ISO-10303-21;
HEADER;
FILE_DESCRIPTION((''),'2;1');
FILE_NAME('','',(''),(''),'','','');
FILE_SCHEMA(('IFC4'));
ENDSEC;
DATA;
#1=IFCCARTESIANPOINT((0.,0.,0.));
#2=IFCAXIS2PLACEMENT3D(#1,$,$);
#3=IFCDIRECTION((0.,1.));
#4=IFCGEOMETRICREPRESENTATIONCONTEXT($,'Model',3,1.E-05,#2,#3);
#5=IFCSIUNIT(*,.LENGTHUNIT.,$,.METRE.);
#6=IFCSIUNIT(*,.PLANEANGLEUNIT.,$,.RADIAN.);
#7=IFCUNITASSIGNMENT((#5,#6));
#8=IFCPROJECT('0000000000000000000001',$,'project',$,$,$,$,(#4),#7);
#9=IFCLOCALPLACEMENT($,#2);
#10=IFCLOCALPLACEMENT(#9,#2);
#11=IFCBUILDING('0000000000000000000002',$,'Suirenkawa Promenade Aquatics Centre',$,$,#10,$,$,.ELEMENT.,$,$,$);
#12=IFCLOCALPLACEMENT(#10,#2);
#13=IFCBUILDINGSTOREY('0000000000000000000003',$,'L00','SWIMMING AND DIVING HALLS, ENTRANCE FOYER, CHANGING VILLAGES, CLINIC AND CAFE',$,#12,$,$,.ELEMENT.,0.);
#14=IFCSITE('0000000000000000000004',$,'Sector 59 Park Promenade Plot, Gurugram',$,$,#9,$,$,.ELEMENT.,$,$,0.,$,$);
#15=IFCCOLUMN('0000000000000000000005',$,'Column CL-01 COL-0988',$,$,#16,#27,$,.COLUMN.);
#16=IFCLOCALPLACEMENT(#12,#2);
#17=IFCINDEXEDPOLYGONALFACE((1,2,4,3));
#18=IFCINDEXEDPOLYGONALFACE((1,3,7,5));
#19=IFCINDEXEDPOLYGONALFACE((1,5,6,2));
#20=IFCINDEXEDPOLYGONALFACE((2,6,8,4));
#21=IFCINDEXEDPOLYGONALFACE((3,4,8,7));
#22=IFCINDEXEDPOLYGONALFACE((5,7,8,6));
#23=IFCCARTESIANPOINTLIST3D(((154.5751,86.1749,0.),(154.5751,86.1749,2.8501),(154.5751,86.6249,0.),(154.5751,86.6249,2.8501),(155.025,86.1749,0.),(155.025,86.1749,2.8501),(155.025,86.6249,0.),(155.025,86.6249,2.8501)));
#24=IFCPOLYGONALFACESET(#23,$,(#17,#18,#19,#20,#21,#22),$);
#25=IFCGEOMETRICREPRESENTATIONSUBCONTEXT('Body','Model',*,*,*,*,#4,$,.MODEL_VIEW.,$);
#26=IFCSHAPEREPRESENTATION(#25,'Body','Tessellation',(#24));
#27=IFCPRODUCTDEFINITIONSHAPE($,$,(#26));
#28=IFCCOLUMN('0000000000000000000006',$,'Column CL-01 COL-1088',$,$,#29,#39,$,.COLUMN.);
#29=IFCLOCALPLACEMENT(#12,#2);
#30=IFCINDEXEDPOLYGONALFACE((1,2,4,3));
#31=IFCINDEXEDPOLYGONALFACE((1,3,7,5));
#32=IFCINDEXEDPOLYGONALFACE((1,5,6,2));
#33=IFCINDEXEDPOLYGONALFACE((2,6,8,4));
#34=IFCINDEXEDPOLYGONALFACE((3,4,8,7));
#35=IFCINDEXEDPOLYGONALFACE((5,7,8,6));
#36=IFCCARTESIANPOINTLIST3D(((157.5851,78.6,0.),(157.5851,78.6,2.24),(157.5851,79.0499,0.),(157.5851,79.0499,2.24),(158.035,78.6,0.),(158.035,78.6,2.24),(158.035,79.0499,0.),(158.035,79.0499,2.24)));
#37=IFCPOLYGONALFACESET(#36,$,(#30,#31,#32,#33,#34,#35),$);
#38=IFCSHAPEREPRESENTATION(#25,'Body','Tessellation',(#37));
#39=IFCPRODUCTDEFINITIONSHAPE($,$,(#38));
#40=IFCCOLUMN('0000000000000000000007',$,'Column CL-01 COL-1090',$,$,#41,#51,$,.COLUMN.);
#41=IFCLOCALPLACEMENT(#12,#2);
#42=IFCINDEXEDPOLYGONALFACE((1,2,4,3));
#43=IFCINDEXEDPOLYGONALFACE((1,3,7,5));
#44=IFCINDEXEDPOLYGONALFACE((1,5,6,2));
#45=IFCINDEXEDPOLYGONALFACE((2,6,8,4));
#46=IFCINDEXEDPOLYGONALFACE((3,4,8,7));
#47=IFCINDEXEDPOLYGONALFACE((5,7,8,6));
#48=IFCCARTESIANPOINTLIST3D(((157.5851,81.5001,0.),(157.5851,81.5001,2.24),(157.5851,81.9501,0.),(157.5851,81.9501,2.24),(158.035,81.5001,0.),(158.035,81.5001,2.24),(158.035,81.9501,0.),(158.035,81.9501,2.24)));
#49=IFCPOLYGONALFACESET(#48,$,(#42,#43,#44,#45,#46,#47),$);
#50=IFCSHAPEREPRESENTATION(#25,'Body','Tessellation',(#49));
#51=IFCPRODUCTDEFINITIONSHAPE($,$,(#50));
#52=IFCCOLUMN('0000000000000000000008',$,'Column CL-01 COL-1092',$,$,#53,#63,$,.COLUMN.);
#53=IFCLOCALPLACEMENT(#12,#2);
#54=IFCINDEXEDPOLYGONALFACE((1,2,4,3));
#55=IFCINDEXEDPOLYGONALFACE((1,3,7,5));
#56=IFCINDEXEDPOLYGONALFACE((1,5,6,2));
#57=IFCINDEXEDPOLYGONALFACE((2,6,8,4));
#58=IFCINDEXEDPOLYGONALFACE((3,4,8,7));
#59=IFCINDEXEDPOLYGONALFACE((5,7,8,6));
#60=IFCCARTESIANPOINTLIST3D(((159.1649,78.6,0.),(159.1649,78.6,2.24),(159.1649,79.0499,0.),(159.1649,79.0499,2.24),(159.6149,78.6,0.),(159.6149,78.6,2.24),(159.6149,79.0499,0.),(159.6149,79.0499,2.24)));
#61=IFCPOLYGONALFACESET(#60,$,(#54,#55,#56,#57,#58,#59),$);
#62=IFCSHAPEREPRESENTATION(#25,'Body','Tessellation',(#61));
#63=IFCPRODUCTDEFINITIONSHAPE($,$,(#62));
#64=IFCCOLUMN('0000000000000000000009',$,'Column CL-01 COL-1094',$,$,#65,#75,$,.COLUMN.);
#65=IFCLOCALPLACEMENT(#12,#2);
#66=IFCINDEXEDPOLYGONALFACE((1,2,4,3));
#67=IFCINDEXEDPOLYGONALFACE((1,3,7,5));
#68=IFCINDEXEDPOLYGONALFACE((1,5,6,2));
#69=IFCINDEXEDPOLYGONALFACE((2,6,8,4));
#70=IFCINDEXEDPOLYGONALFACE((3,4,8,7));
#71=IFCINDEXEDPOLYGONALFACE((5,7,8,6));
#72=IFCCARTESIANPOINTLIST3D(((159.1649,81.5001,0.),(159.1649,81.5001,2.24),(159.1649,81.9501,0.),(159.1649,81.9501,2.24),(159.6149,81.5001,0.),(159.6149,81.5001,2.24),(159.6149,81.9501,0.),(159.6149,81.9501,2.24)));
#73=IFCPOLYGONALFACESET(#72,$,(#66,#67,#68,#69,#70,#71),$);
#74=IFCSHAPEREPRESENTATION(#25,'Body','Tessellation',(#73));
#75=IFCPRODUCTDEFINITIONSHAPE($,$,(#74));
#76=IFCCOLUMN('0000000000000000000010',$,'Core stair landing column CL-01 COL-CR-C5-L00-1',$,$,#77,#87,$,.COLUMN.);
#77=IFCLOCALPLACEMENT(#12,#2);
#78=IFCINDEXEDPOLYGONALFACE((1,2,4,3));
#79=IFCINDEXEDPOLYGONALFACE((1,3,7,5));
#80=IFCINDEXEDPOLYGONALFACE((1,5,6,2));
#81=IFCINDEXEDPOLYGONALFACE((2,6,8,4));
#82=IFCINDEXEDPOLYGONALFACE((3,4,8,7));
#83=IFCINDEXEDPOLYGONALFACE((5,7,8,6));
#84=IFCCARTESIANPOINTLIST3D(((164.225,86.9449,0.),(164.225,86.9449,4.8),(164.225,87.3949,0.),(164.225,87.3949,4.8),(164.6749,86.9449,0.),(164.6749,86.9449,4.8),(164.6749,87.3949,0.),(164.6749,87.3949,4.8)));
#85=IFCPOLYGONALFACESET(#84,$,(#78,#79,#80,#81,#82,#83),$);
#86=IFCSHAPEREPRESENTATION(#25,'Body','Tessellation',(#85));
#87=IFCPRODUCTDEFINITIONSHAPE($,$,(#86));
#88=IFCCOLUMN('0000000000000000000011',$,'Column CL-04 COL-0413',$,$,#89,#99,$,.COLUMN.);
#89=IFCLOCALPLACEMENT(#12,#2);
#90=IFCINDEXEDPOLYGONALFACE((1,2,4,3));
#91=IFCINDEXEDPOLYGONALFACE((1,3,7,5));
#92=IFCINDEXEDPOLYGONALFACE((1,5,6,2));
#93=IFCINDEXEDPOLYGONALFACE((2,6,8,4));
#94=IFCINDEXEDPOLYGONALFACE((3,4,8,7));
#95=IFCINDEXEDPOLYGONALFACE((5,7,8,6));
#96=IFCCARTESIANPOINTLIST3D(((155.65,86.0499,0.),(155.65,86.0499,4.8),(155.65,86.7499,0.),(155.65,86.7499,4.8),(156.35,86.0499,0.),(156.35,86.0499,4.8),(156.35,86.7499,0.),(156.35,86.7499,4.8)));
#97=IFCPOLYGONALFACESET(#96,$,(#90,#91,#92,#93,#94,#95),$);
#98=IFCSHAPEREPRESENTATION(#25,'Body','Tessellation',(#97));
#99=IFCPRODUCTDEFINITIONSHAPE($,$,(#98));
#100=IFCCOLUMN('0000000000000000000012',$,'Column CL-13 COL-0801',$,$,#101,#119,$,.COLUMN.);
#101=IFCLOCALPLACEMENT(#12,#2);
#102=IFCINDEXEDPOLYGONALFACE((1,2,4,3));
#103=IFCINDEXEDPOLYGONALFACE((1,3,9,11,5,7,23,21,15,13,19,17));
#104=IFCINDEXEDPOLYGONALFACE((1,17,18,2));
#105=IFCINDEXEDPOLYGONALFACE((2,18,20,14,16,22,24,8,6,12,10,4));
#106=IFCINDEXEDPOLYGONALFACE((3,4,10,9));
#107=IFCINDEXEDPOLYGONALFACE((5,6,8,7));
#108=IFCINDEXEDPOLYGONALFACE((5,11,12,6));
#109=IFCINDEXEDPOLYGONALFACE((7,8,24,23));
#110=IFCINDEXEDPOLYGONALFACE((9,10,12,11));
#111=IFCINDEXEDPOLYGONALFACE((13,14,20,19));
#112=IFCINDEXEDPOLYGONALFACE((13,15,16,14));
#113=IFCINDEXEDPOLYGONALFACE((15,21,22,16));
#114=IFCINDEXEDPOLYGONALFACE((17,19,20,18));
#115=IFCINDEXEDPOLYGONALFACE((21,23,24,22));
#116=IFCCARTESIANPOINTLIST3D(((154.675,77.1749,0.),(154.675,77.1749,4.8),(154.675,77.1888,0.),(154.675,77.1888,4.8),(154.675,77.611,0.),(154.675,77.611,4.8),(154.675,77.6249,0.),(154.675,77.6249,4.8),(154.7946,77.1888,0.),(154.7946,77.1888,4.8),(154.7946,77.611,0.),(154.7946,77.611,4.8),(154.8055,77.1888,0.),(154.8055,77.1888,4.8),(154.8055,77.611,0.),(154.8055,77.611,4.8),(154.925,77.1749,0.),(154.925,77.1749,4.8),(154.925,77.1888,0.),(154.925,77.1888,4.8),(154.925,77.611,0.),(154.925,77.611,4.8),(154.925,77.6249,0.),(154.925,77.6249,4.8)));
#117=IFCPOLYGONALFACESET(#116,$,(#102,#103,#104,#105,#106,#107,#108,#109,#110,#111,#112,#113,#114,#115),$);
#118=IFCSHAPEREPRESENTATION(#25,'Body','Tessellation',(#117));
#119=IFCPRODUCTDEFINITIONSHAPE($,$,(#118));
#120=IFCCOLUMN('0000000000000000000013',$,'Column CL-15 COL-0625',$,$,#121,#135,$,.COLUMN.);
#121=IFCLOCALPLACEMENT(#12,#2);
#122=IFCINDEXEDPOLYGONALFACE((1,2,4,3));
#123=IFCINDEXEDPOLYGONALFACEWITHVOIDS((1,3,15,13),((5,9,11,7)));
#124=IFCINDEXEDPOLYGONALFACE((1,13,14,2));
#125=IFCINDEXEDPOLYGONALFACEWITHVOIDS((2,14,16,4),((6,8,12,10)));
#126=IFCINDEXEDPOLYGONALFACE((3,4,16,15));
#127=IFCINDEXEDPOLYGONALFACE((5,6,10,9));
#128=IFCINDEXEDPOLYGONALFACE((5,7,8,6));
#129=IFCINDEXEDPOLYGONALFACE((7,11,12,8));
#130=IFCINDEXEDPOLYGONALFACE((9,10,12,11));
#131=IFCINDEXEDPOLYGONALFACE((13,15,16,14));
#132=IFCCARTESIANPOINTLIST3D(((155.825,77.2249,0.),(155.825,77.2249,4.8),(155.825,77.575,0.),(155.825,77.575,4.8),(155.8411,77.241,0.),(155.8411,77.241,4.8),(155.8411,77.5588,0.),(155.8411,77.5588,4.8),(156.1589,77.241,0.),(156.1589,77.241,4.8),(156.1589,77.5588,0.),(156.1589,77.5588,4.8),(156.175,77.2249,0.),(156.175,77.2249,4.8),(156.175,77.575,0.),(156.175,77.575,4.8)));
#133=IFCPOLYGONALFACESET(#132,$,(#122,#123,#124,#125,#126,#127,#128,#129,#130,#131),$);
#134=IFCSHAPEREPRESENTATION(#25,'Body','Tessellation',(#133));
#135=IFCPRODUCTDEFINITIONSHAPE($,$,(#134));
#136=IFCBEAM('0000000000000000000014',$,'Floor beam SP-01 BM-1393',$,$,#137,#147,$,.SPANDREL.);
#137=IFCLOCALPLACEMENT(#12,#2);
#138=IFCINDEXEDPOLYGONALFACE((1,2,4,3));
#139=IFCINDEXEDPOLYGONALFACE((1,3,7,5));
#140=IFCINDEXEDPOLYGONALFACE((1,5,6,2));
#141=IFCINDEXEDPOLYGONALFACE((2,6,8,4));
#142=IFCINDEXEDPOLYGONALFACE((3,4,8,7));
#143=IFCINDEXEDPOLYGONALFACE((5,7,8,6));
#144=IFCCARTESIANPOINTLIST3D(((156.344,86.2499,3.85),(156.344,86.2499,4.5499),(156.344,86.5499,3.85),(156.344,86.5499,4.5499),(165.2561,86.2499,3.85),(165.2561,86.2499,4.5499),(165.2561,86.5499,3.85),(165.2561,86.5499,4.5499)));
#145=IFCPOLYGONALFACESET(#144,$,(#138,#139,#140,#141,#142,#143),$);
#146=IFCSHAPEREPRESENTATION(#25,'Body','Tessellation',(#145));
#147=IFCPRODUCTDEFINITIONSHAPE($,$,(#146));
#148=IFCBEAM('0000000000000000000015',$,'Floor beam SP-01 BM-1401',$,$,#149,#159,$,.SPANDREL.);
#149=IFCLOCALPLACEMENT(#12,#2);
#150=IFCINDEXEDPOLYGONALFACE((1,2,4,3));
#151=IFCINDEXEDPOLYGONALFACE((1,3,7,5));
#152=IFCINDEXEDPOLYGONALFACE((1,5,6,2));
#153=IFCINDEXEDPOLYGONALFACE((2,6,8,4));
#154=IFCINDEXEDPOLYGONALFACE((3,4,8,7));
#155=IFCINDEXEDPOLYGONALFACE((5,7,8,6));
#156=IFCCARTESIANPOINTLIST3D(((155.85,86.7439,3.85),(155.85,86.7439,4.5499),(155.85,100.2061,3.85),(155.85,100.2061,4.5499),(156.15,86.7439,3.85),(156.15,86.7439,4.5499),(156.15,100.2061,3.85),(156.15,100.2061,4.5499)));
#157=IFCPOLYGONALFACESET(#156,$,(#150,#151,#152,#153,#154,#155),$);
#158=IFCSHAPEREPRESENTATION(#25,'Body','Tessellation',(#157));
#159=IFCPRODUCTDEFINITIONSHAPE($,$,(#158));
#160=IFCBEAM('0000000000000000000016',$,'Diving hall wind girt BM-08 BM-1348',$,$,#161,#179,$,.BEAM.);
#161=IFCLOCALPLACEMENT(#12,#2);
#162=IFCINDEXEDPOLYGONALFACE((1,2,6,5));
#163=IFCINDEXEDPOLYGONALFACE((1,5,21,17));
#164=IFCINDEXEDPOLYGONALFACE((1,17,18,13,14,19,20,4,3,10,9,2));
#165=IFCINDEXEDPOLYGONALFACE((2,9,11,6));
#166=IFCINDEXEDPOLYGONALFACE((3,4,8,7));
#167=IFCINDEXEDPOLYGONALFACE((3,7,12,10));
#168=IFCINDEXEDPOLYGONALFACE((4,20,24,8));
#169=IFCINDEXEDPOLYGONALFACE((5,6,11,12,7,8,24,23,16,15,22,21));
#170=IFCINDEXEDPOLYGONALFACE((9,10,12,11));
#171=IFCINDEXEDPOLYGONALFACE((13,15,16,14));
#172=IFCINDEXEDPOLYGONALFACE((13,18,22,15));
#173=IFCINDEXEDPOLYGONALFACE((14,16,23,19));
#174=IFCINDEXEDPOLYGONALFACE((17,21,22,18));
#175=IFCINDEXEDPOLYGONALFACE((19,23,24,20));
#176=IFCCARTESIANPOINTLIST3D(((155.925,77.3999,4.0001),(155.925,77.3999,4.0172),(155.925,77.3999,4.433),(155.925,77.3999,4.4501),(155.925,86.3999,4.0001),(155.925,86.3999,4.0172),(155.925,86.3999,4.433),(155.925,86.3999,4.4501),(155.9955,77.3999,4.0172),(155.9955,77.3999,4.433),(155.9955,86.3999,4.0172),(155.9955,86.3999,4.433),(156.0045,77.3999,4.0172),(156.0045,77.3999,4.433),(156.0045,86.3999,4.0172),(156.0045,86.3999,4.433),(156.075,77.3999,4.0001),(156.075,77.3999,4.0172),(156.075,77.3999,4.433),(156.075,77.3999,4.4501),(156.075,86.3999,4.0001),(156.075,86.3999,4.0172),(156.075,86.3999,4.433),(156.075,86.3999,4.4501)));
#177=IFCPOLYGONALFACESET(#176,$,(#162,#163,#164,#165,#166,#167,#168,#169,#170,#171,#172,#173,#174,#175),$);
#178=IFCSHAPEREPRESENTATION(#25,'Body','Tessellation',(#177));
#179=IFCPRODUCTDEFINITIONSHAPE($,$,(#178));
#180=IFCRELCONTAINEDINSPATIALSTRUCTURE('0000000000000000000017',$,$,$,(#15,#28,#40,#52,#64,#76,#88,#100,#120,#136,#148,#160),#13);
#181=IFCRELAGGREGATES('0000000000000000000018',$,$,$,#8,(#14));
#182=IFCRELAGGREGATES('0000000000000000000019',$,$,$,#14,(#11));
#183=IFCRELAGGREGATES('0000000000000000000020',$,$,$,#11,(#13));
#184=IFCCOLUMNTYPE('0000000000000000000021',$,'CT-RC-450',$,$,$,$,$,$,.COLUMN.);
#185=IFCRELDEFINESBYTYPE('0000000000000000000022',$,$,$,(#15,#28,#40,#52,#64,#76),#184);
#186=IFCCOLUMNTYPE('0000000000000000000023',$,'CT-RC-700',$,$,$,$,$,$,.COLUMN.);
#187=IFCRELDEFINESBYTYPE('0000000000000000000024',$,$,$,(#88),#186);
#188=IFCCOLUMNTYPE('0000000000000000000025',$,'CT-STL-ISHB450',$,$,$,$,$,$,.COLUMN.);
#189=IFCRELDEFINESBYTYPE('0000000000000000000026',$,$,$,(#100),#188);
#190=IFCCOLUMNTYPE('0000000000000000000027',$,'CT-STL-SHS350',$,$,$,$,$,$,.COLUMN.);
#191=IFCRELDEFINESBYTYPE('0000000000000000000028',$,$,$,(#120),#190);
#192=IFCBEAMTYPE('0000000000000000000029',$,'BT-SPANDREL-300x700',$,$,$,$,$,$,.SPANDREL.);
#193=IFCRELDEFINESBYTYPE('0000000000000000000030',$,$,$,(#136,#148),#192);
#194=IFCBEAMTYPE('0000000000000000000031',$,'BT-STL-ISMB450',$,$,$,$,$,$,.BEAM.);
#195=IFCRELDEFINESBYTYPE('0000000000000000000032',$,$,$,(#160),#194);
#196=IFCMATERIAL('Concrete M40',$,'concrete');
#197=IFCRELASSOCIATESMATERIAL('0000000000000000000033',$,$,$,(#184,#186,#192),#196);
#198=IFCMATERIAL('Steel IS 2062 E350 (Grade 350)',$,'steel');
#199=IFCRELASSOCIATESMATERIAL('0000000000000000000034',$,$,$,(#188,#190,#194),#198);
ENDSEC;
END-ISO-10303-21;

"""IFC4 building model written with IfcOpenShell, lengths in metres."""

from ifc_helpers import new_model, si_unit, direction, frame, origin, origin_2d, place, context, subcontext, project, spatial, rectangle, hollow_rectangle, i_section, extrude, material, material_profile, profile_set, type_object, element, save


model = new_model("IFC4")

# Units and contexts
model_context = context("Model", 3, precision=1e-05, world=origin(), true_north=direction((0.0, 1.0)))
body_context = subcontext(model_context, "Body", "Model", "MODEL_VIEW")
ifc_project = project(units=[si_unit("LENGTHUNIT", "METRE"), si_unit("PLANEANGLEUNIT", "RADIAN")], contexts=[model_context])

# Site, building, storey
site_placement = place(None, origin())
site = spatial("IfcSite", under=ifc_project, at=site_placement, Name="Sector 59 Park Promenade Plot, Gurugram", CompositionType="ELEMENT", RefElevation=0.0)
building_placement = place(site_placement, origin())
building = spatial("IfcBuilding", under=site, at=building_placement, Name="Suirenkawa Promenade Aquatics Centre", CompositionType="ELEMENT")
storey_placement = place(building_placement, origin())
storey = spatial("IfcBuildingStorey", under=building, at=storey_placement, Name="L00", Description="SWIMMING AND DIVING HALLS, ENTRANCE FOYER, CHANGING VILLAGES, CLINIC AND CAFE", CompositionType="ELEMENT", Elevation=0.0)

# Columns
ifc_material_1 = material(Name="Concrete M40", Category="concrete")
ifc_material_profile_1 = material_profile(ifc_material_1, rectangle(XDim=0.45, YDim=0.45, at=origin_2d()), Name="RC COL 450x450", Category="concrete")
ifc_profile_set_1 = profile_set([ifc_material_profile_1], Name="Concrete M40")
column_type_1 = type_object("IfcColumnType", Name="CT-RC-450", PredefinedType="COLUMN", material=ifc_profile_set_1)
column_1_placement = place(storey_placement, frame((154.8, 86.3999, 0.0), z_axis=(0.0, 0.0, 1.0), x_axis=(1.0, 0.0, 0.0)))
element("IfcColumn", 1, at=column_1_placement, inside=storey, type_object=column_type_1, Name="Column CL-01 COL-0988", PredefinedType="COLUMN", context=body_context, shape_type="SweptSolid", body=[
    extrude(rectangle(XDim=0.45, YDim=0.45, at=origin_2d()), origin(), (0.0, 0.0, 1.0), 2.8501),
])
for number, where, z_axis, x_axis, name in (
    (2, (157.8101, 78.825, 0.0), (0.0, 0.0, 1.0), (1.0, 0.0, 0.0), "Column CL-01 COL-1088"),
    (3, (157.8101, 81.7251, 0.0), (0.0, 0.0, 1.0), (1.0, 0.0, 0.0), "Column CL-01 COL-1090"),
    (4, (159.3899, 78.825, 0.0), (0.0, 0.0, 1.0), (1.0, 0.0, 0.0), "Column CL-01 COL-1092"),
    (5, (159.3899, 81.7251, 0.0), (0.0, 0.0, 1.0), (1.0, 0.0, 0.0), "Column CL-01 COL-1094"),
):
    element("IfcColumn", number, at=place(storey_placement, frame(where, z_axis=z_axis, x_axis=x_axis)), inside=storey, type_object=column_type_1, Name=name, PredefinedType="COLUMN", context=body_context, shape_type="SweptSolid", body=[
        extrude(rectangle(XDim=0.45, YDim=0.45, at=origin_2d()), origin(), (0.0, 0.0, 1.0), 2.24),
    ])
column_2_placement = place(storey_placement, frame((164.45, 87.1699, 0.0), z_axis=(0.0, 0.0, 1.0), x_axis=(1.0, 0.0, 0.0)))
element("IfcColumn", 6, at=column_2_placement, inside=storey, type_object=column_type_1, Name="Core stair landing column CL-01 COL-CR-C5-L00-1", PredefinedType="COLUMN", context=body_context, shape_type="SweptSolid", body=[
    extrude(rectangle(XDim=0.45, YDim=0.45, at=origin_2d()), origin(), (0.0, 0.0, 1.0), 4.8),
])
ifc_material_profile_2 = material_profile(ifc_material_1, rectangle(XDim=0.7, YDim=0.7, at=origin_2d()), Name="RC COL 700x700", Category="concrete")
ifc_profile_set_2 = profile_set([ifc_material_profile_2], Name="Concrete M40")
column_type_2 = type_object("IfcColumnType", Name="CT-RC-700", PredefinedType="COLUMN", material=ifc_profile_set_2)
column_3_placement = place(storey_placement, frame((156.0, 86.3999, 0.0), z_axis=(0.0, 0.0, 1.0), x_axis=(1.0, 0.0, 0.0)))
element("IfcColumn", 7, at=column_3_placement, inside=storey, type_object=column_type_2, Name="Column CL-04 COL-0413", PredefinedType="COLUMN", context=body_context, shape_type="SweptSolid", body=[
    extrude(rectangle(XDim=0.7, YDim=0.7, at=origin_2d()), origin(), (0.0, 0.0, 1.0), 4.8),
])
ifc_material_2 = material(Name="Steel IS 2062 E350 (Grade 350)", Category="steel")
ifc_material_profile_3 = material_profile(ifc_material_2, i_section(OverallWidth=0.25, OverallDepth=0.45, WebThickness=0.011, FlangeThickness=0.0139, at=origin_2d()), Name="ISHB 450", Category="steel")
ifc_profile_set_3 = profile_set([ifc_material_profile_3], Name="Steel IS 2062 E350 (Grade 350)")
column_type_3 = type_object("IfcColumnType", Name="CT-STL-ISHB450", PredefinedType="COLUMN", material=ifc_profile_set_3)
column_4_placement = place(storey_placement, frame((154.8, 77.3999, 0.0), z_axis=(0.0, 0.0, 1.0), x_axis=(1.0, 0.0, 0.0)))
element("IfcColumn", 8, at=column_4_placement, inside=storey, type_object=column_type_3, Name="Column CL-13 COL-0801", PredefinedType="COLUMN", context=body_context, shape_type="SweptSolid", body=[
    extrude(i_section(OverallWidth=0.25, OverallDepth=0.45, WebThickness=0.011, FlangeThickness=0.0139, at=origin_2d()), origin(), (0.0, 0.0, 1.0), 4.8),
])
ifc_material_profile_4 = material_profile(ifc_material_2, hollow_rectangle(XDim=0.3501, YDim=0.3501, WallThickness=0.0161, at=origin_2d()), Name="SHS 350x350x16", Category="steel")
ifc_profile_set_4 = profile_set([ifc_material_profile_4], Name="Steel IS 2062 E350 (Grade 350)")
column_type_4 = type_object("IfcColumnType", Name="CT-STL-SHS350", PredefinedType="COLUMN", material=ifc_profile_set_4)
column_5_placement = place(storey_placement, frame((156.0, 77.3999, 0.0), z_axis=(0.0, 0.0, 1.0), x_axis=(1.0, 0.0, 0.0)))
element("IfcColumn", 9, at=column_5_placement, inside=storey, type_object=column_type_4, Name="Column CL-15 COL-0625", PredefinedType="COLUMN", context=body_context, shape_type="SweptSolid", body=[
    extrude(hollow_rectangle(XDim=0.3501, YDim=0.3501, WallThickness=0.0161, at=origin_2d()), origin(), (0.0, 0.0, 1.0), 4.8),
])

# Beams
ifc_material_profile_5 = material_profile(ifc_material_1, rectangle(XDim=0.3, YDim=0.7, at=origin_2d()), Name="RC SPANDREL 300x700", Category="concrete")
ifc_profile_set_5 = profile_set([ifc_material_profile_5], Name="Concrete M40")
beam_type_1 = type_object("IfcBeamType", Name="BT-SPANDREL-300x700", PredefinedType="SPANDREL", material=ifc_profile_set_5)
beam_1_placement = place(storey_placement, frame((156.344, 86.3999, 4.2), z_axis=(1.0, 0.0, 0.0), x_axis=(0.0, 1.0, 0.0)))
element("IfcBeam", 10, at=beam_1_placement, inside=storey, type_object=beam_type_1, Name="Floor beam SP-01 BM-1393", PredefinedType="SPANDREL", context=body_context, shape_type="SweptSolid", body=[
    extrude(rectangle(XDim=0.3, YDim=0.7, at=origin_2d()), origin(), (0.0, 0.0, 1.0), 8.9121),
])
beam_2_placement = place(storey_placement, frame((156.0, 86.7439, 4.2), z_axis=(0.0, 1.0, 0.0), x_axis=(-1.0, 0.0, 0.0)))
element("IfcBeam", 11, at=beam_2_placement, inside=storey, type_object=beam_type_1, Name="Floor beam SP-01 BM-1401", PredefinedType="SPANDREL", context=body_context, shape_type="SweptSolid", body=[
    extrude(rectangle(XDim=0.3, YDim=0.7, at=origin_2d()), origin(), (0.0, 0.0, 1.0), 13.4622),
])
ifc_material_profile_6 = material_profile(ifc_material_2, i_section(OverallWidth=0.1499, OverallDepth=0.45, WebThickness=0.009, FlangeThickness=0.0171, at=origin_2d()), Name="ISMB 450", Category="steel")
ifc_profile_set_6 = profile_set([ifc_material_profile_6], Name="Steel IS 2062 E350 (Grade 350)")
beam_type_2 = type_object("IfcBeamType", Name="BT-STL-ISMB450", PredefinedType="BEAM", material=ifc_profile_set_6)
beam_3_placement = place(storey_placement, frame((156.0, 77.3999, 4.2251), z_axis=(0.0, 1.0, 0.0), x_axis=(-1.0, 0.0, 0.0)))
element("IfcBeam", 12, at=beam_3_placement, inside=storey, type_object=beam_type_2, Name="Diving hall wind girt BM-08 BM-1348", PredefinedType="BEAM", context=body_context, shape_type="SweptSolid", body=[
    extrude(i_section(OverallWidth=0.1499, OverallDepth=0.45, WebThickness=0.009, FlangeThickness=0.0171, at=origin_2d()), origin(), (0.0, 0.0, 1.0), 9.0),
])

save(model, "model.ifc")
